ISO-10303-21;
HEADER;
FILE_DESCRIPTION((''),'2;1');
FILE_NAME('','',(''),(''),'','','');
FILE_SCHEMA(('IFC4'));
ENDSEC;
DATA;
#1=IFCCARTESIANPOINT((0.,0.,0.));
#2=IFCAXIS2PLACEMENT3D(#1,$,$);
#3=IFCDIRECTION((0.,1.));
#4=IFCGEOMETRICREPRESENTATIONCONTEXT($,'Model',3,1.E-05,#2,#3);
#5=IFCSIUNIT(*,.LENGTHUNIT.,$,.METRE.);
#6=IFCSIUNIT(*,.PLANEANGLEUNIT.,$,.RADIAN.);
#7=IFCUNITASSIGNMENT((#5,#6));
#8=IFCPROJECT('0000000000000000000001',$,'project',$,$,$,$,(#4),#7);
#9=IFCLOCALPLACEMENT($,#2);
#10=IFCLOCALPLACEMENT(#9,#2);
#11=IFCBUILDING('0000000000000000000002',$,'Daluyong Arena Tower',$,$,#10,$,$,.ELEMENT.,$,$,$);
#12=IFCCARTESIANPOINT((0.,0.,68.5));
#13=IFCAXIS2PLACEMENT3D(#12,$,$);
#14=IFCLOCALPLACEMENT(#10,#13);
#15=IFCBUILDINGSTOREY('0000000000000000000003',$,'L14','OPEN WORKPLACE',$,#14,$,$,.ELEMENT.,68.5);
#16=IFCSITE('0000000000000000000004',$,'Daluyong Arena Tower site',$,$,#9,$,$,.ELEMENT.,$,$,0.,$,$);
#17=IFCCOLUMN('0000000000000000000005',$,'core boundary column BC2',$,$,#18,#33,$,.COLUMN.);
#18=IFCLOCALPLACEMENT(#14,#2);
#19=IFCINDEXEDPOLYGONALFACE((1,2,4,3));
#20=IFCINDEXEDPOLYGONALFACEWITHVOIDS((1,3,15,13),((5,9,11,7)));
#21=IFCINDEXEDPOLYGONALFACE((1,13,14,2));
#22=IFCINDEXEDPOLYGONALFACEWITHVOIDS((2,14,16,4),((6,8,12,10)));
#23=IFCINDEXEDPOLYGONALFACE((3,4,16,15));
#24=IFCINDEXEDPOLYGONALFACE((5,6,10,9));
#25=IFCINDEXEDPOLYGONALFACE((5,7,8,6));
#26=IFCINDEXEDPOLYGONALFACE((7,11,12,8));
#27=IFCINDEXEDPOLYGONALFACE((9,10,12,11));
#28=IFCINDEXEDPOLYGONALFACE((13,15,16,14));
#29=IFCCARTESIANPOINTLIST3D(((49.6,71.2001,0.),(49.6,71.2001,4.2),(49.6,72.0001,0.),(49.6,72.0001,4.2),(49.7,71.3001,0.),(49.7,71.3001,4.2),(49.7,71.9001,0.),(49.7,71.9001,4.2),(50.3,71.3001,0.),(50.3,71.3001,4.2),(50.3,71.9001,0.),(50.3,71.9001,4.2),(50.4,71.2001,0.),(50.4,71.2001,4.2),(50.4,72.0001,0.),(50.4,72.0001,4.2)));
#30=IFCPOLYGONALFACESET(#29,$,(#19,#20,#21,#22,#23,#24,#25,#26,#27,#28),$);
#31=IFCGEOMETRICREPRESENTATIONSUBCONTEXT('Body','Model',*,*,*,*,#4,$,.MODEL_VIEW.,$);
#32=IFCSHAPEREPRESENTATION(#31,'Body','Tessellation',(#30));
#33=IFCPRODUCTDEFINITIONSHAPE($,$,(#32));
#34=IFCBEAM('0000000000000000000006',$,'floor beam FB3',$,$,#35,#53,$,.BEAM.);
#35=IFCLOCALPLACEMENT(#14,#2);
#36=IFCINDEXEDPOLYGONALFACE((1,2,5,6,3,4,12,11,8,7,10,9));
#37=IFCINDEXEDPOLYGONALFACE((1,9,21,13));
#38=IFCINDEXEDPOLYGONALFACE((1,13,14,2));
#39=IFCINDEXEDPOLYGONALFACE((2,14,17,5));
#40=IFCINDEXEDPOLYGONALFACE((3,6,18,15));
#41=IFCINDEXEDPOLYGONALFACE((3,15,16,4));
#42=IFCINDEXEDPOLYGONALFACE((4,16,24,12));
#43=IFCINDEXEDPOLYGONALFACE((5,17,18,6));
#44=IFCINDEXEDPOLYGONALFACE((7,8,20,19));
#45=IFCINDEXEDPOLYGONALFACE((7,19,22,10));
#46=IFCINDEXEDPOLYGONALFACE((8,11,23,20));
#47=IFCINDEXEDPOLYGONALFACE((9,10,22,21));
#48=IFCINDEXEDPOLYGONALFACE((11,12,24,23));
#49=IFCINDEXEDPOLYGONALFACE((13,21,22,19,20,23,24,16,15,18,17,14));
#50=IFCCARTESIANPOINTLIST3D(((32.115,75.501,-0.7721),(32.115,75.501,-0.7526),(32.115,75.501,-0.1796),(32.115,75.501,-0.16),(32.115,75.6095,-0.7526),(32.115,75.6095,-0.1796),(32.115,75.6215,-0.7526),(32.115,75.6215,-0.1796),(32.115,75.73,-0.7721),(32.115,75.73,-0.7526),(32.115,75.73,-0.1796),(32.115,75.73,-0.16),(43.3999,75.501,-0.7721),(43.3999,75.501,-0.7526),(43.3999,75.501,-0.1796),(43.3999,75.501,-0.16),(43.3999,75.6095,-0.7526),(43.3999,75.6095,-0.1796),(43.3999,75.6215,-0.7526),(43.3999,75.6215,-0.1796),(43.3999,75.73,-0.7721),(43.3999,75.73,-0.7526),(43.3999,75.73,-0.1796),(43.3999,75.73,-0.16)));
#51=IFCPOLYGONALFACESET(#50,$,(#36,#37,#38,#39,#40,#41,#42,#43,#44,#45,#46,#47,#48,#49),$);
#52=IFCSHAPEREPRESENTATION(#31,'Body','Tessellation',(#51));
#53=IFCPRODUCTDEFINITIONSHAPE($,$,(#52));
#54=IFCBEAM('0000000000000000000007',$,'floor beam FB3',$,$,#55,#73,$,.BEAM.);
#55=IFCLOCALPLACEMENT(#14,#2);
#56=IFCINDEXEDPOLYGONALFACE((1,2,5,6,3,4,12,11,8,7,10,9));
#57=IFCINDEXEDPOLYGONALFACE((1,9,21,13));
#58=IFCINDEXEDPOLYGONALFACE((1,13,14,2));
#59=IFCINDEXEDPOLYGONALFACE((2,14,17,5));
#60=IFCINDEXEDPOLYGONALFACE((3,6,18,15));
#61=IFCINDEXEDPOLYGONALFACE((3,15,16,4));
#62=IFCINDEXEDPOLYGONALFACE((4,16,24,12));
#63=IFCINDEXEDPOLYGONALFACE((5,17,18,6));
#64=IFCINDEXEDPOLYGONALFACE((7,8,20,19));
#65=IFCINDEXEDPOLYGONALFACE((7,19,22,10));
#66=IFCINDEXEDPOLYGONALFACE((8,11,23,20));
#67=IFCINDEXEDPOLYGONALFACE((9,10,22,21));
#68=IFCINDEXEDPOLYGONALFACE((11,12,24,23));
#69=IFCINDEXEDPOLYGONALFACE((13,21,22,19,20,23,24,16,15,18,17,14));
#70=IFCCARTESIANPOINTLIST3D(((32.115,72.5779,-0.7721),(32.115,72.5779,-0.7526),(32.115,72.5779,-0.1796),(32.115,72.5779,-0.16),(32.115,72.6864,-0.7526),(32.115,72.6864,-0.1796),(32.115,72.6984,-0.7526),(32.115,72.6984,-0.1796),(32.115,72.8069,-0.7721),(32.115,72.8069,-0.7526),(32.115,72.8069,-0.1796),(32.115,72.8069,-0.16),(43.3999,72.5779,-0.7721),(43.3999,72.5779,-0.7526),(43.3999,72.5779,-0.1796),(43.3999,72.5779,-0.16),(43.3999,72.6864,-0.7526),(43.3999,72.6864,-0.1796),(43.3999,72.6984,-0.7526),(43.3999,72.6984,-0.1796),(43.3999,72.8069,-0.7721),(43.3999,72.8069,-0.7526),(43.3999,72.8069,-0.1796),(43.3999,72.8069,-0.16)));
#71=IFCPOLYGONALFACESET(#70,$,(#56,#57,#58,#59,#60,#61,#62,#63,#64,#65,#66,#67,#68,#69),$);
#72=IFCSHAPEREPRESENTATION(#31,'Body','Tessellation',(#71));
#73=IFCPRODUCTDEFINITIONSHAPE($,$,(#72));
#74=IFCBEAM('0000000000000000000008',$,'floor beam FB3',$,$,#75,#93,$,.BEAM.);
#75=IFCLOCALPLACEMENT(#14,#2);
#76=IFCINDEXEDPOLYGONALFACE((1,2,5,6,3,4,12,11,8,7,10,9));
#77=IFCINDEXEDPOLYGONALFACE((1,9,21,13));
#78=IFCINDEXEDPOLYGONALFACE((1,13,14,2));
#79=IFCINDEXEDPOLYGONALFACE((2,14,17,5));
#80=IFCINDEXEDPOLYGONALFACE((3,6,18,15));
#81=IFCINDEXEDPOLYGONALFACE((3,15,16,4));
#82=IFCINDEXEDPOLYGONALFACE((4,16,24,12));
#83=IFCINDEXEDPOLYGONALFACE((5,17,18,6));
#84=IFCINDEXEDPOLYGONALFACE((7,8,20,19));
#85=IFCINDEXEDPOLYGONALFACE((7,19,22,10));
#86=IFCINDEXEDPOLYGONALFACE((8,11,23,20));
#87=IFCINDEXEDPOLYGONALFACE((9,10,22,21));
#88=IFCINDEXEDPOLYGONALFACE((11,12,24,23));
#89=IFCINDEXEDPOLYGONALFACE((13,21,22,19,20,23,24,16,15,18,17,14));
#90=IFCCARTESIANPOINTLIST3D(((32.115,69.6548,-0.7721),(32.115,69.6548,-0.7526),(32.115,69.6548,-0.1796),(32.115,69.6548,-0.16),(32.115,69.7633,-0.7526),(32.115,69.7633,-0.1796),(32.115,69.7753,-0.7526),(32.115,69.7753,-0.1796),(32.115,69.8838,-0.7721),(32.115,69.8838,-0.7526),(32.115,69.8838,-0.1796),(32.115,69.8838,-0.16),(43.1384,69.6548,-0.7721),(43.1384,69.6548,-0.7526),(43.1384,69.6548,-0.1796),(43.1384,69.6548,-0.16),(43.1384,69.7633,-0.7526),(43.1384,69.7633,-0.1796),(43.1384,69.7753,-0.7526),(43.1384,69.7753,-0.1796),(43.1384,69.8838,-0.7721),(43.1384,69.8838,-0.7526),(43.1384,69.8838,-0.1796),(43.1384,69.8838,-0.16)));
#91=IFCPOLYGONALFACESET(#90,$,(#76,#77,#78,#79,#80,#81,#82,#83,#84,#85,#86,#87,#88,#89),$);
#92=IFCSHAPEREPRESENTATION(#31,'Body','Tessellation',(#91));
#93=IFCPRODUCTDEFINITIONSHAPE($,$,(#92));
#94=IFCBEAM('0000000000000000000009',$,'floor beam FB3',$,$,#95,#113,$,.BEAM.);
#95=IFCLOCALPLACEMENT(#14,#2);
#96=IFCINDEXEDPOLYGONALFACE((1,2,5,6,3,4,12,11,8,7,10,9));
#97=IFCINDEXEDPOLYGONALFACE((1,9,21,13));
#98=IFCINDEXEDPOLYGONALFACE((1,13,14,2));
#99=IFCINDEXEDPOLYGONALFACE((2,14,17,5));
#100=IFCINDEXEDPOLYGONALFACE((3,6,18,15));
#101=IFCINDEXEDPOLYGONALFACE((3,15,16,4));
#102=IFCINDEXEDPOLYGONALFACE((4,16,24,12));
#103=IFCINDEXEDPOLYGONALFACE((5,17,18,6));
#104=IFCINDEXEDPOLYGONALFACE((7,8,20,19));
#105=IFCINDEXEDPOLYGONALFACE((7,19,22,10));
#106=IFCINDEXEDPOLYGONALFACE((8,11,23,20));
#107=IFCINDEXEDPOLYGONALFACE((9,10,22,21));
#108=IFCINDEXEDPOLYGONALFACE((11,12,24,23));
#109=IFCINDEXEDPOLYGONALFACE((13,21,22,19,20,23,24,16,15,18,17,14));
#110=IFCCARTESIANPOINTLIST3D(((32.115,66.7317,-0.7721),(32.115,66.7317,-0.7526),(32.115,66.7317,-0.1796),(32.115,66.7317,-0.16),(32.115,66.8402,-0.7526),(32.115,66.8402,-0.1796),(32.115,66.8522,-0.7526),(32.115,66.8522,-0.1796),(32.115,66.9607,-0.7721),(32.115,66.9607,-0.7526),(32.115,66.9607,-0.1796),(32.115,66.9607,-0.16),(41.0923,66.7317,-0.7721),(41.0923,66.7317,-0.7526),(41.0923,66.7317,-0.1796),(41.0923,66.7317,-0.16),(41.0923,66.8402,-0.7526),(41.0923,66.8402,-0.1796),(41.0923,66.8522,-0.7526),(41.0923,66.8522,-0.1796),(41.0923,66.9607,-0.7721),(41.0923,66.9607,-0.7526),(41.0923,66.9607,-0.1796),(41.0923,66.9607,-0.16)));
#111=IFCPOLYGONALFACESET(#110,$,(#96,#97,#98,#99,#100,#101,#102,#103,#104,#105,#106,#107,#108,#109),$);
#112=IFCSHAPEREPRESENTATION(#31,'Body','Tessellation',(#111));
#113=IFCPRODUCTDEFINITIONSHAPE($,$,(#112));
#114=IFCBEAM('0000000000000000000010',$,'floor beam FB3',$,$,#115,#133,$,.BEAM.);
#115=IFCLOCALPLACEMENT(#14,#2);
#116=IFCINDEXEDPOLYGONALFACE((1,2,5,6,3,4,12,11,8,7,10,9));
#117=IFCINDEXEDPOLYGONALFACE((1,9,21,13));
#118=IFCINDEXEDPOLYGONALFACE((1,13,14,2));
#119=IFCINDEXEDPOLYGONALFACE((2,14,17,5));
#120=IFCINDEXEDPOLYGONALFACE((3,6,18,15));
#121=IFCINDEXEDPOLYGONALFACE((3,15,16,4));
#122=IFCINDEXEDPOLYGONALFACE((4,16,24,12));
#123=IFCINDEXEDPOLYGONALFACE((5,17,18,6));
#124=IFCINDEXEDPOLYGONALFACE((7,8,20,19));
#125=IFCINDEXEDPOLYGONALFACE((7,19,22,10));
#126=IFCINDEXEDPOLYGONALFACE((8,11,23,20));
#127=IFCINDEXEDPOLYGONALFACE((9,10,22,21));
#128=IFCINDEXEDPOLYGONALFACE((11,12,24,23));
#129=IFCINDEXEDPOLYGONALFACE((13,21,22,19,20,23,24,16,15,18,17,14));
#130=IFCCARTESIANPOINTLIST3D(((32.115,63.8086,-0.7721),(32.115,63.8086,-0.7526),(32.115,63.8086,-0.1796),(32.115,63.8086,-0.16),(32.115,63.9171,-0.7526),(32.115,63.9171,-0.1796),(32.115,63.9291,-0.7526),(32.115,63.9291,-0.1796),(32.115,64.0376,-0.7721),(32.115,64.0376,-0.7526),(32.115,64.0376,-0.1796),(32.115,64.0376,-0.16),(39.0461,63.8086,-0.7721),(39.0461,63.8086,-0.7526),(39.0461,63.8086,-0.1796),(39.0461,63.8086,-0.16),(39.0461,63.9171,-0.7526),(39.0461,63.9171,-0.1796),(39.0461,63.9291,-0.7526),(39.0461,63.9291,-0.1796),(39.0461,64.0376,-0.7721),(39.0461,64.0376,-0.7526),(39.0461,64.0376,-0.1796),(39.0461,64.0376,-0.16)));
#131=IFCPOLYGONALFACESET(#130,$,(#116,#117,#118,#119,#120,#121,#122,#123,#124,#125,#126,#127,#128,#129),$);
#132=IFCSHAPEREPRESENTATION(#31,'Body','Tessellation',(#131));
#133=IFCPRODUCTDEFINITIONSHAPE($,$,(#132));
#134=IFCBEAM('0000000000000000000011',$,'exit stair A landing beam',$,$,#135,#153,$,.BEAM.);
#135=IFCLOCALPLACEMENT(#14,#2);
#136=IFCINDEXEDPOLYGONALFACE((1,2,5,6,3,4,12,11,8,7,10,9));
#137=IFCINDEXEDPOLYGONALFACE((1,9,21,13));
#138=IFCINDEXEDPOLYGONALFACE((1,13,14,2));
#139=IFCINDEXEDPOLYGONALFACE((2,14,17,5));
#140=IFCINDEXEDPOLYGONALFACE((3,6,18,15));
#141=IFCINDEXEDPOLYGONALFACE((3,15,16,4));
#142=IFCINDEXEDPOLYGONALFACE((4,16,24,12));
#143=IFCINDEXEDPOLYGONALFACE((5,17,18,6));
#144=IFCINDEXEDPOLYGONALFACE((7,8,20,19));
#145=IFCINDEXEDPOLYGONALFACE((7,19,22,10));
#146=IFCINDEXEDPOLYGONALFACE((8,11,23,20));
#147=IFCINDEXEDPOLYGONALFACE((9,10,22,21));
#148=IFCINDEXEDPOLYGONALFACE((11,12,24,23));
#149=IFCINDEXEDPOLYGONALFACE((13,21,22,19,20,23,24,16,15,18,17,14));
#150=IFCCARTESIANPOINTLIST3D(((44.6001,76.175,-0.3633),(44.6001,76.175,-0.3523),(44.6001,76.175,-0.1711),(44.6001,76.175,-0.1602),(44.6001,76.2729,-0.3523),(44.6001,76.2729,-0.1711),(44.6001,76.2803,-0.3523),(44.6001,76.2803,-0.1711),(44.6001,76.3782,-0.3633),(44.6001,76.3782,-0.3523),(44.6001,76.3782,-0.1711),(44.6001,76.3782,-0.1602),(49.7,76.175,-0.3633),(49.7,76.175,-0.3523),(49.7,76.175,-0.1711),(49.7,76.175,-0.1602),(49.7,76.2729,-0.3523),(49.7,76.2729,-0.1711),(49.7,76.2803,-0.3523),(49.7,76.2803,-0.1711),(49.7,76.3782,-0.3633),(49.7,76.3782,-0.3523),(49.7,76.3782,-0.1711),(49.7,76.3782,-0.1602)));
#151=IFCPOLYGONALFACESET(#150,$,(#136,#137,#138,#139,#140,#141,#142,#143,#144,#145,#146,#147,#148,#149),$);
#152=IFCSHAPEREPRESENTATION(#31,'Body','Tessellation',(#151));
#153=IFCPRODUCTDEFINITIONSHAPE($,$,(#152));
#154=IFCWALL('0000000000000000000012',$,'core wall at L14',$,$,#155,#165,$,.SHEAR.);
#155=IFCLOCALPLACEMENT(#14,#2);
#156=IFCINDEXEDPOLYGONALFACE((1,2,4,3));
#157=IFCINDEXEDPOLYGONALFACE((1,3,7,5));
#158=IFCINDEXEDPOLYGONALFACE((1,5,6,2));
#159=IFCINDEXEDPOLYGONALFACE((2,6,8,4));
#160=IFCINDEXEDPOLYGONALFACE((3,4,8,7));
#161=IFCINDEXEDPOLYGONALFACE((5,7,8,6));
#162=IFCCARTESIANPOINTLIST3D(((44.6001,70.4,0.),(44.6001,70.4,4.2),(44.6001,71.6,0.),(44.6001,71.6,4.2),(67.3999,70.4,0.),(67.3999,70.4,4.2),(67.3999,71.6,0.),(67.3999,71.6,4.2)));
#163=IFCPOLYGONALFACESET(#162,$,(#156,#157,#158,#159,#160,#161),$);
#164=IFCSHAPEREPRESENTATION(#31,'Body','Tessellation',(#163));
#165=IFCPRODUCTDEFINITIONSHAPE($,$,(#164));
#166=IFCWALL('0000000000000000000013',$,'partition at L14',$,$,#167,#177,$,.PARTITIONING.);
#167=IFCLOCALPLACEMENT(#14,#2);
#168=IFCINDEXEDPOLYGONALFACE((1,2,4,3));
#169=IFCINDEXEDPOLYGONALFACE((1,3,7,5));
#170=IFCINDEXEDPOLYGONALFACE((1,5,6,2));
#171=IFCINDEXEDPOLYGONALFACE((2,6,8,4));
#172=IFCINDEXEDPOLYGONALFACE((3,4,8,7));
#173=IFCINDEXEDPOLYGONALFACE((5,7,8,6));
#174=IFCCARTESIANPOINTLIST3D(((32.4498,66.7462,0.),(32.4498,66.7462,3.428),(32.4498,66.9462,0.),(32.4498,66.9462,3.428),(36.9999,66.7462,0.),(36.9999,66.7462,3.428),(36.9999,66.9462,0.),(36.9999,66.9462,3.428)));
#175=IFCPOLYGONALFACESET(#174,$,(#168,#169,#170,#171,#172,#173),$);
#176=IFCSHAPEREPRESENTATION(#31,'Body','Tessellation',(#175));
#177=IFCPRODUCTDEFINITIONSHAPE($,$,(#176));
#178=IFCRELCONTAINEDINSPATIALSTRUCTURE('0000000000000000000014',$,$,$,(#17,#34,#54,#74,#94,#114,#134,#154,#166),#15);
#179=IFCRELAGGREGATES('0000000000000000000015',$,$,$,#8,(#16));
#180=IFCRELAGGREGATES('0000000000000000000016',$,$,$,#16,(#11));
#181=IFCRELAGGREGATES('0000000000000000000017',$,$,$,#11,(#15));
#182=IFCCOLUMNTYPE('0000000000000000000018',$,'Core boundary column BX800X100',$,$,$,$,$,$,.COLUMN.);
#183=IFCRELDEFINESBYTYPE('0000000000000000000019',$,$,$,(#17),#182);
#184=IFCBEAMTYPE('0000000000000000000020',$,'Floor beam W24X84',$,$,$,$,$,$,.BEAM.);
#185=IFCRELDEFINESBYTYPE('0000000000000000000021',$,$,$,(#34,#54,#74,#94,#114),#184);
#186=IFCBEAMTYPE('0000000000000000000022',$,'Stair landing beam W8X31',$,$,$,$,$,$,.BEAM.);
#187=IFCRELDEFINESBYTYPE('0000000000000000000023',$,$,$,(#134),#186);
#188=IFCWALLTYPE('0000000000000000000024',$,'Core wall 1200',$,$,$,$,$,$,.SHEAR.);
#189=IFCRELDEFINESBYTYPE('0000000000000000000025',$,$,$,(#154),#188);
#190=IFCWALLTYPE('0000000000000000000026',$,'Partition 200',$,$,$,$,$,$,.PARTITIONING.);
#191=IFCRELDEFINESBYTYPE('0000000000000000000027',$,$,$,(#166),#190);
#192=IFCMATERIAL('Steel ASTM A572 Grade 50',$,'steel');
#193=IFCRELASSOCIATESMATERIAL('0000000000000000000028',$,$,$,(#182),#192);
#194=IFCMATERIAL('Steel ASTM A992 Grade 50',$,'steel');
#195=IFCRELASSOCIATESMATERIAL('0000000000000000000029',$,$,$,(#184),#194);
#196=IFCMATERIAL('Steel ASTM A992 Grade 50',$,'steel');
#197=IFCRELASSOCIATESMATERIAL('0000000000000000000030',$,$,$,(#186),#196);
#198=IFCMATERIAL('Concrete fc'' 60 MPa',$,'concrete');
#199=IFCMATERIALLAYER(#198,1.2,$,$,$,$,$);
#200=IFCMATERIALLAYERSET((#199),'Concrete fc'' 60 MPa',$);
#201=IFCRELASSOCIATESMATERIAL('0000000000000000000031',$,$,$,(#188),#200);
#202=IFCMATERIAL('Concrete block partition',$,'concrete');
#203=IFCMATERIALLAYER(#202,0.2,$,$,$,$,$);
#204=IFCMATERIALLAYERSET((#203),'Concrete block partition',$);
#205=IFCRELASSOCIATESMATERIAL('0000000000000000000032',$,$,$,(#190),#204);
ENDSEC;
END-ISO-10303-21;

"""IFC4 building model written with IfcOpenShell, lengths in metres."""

from ifc_helpers import new_model, si_unit, direction, frame, frame_2d, origin, origin_2d, place, context, subcontext, project, spatial, rectangle, hollow_rectangle, i_section, extrude, material, layer, layer_set, material_profile, profile_set, type_object, element, save


model = new_model("IFC4")

# Units and contexts
model_context = context("Model", 3, precision=1e-05, world=origin(), true_north=direction((0.0, 1.0)))
body_context = subcontext(model_context, "Body", "Model", "MODEL_VIEW")
ifc_project = project(units=[si_unit("LENGTHUNIT", "METRE"), si_unit("PLANEANGLEUNIT", "RADIAN")], contexts=[model_context])

# Site, building, storey
site_placement = place(None, origin())
site = spatial("IfcSite", under=ifc_project, at=site_placement, Name="Daluyong Arena Tower site", CompositionType="ELEMENT", RefElevation=0.0)
building_placement = place(site_placement, origin())
building = spatial("IfcBuilding", under=site, at=building_placement, Name="Daluyong Arena Tower", CompositionType="ELEMENT")
storey_placement = place(building_placement, frame((0.0, 0.0, 68.5)))
storey = spatial("IfcBuildingStorey", under=building, at=storey_placement, Name="L14", Description="OPEN WORKPLACE", CompositionType="ELEMENT", Elevation=68.5)

# Column
ifc_material_1 = material(Name="Steel ASTM A572 Grade 50", Category="steel")
ifc_material_profile_1 = material_profile(ifc_material_1, hollow_rectangle(XDim=0.8, YDim=0.8, WallThickness=0.1, at=origin_2d()))
ifc_profile_set_1 = profile_set([ifc_material_profile_1], Name="Steel ASTM A572 Grade 50")
column_type = type_object("IfcColumnType", Name="Core boundary column BX800X100", PredefinedType="COLUMN", material=ifc_profile_set_1)
column_placement = place(storey_placement, frame((50.0, 71.6001, 0.0), z_axis=(0.0, 0.0, 1.0), x_axis=(1.0, 0.0, 0.0)))
element("IfcColumn", 1, at=column_placement, inside=storey, type_object=column_type, Name="core boundary column BC2", PredefinedType="COLUMN", context=body_context, shape_type="SweptSolid", body=[
    extrude(hollow_rectangle(XDim=0.8, YDim=0.8, WallThickness=0.1, at=origin_2d()), origin(), (0.0, 0.0, 1.0), 4.2),
])

# Beams
ifc_material_2 = material(Name="Steel ASTM A992 Grade 50", Category="steel")
ifc_material_profile_2 = material_profile(ifc_material_2, i_section(OverallWidth=0.229, OverallDepth=0.6121, WebThickness=0.012, FlangeThickness=0.0195, at=origin_2d()))
ifc_profile_set_2 = profile_set([ifc_material_profile_2], Name="Steel ASTM A992 Grade 50")
beam_type_1 = type_object("IfcBeamType", Name="Floor beam W24X84", PredefinedType="BEAM", material=ifc_profile_set_2)
for number, where, z_axis, x_axis, name in (
    (2, (32.115, 75.6155, -0.4661), (1.0, 0.0, 0.0), (0.0, 1.0, 0.0), "floor beam FB3"),
    (3, (32.115, 72.6924, -0.4661), (1.0, 0.0, 0.0), (0.0, 1.0, 0.0), "floor beam FB3"),
):
    element("IfcBeam", number, at=place(storey_placement, frame(where, z_axis=z_axis, x_axis=x_axis)), inside=storey, type_object=beam_type_1, Name=name, PredefinedType="BEAM", context=body_context, shape_type="SweptSolid", body=[
        extrude(i_section(OverallWidth=0.229, OverallDepth=0.6121, WebThickness=0.012, FlangeThickness=0.0195, at=origin_2d()), origin(), (0.0, 0.0, 1.0), 11.2849),
    ])
beam_1_placement = place(storey_placement, frame((32.115, 69.7693, -0.4661), z_axis=(1.0, 0.0, 0.0), x_axis=(0.0, 1.0, 0.0)))
element("IfcBeam", 4, at=beam_1_placement, inside=storey, type_object=beam_type_1, Name="floor beam FB3", PredefinedType="BEAM", context=body_context, shape_type="SweptSolid", body=[
    extrude(i_section(OverallWidth=0.229, OverallDepth=0.6121, WebThickness=0.012, FlangeThickness=0.0195, at=origin_2d()), origin(), (0.0, 0.0, 1.0), 11.0234),
])
beam_2_placement = place(storey_placement, frame((32.115, 66.8462, -0.4661), z_axis=(1.0, 0.0, 0.0), x_axis=(0.0, 1.0, 0.0)))
element("IfcBeam", 5, at=beam_2_placement, inside=storey, type_object=beam_type_1, Name="floor beam FB3", PredefinedType="BEAM", context=body_context, shape_type="SweptSolid", body=[
    extrude(i_section(OverallWidth=0.229, OverallDepth=0.6121, WebThickness=0.012, FlangeThickness=0.0195, at=origin_2d()), origin(), (0.0, 0.0, 1.0), 8.9773),
])
beam_3_placement = place(storey_placement, frame((32.115, 63.9231, -0.4661), z_axis=(1.0, 0.0, 0.0), x_axis=(0.0, 1.0, 0.0)))
element("IfcBeam", 6, at=beam_3_placement, inside=storey, type_object=beam_type_1, Name="floor beam FB3", PredefinedType="BEAM", context=body_context, shape_type="SweptSolid", body=[
    extrude(i_section(OverallWidth=0.229, OverallDepth=0.6121, WebThickness=0.012, FlangeThickness=0.0195, at=origin_2d()), origin(), (0.0, 0.0, 1.0), 6.9312),
])
ifc_material_3 = material(Name="Steel ASTM A992 Grade 50", Category="steel")
ifc_material_profile_3 = material_profile(ifc_material_3, i_section(OverallWidth=0.2031, OverallDepth=0.2031, WebThickness=0.0073, FlangeThickness=0.011, at=origin_2d()))
ifc_profile_set_3 = profile_set([ifc_material_profile_3], Name="Steel ASTM A992 Grade 50")
beam_type_2 = type_object("IfcBeamType", Name="Stair landing beam W8X31", PredefinedType="BEAM", material=ifc_profile_set_3)
beam_4_placement = place(storey_placement, frame((44.6001, 76.2766, -0.2617), z_axis=(1.0, 0.0, 0.0), x_axis=(0.0, 1.0, 0.0)))
element("IfcBeam", 7, at=beam_4_placement, inside=storey, type_object=beam_type_2, Name="exit stair A landing beam", PredefinedType="BEAM", context=body_context, shape_type="SweptSolid", body=[
    extrude(i_section(OverallWidth=0.2031, OverallDepth=0.2031, WebThickness=0.0073, FlangeThickness=0.011, at=origin_2d()), origin(), (0.0, 0.0, 1.0), 5.0999),
])

# Shared definitions
ifc_material_4 = material(Name="Concrete fc' 60 MPa", Category="concrete")
ifc_layer_1 = layer(ifc_material_4, 1.2)
ifc_layer_set_1 = layer_set([ifc_layer_1], Name="Concrete fc' 60 MPa")
wall_type_1 = type_object("IfcWallType", Name="Core wall 1200", PredefinedType="SHEAR", material=ifc_layer_set_1)

# Walls
wall_1_placement = place(storey_placement, frame((44.6001, 71.0, 0.0), z_axis=(0.0, 0.0, 1.0), x_axis=(1.0, 0.0, 0.0)))
element("IfcWall", 8, at=wall_1_placement, inside=storey, type_object=wall_type_1, Name="core wall at L14", PredefinedType="SHEAR", context=body_context, shape_type="SweptSolid", body=[
    extrude(rectangle(XDim=22.7998, YDim=1.2, at=frame_2d((11.3999, 0.0))), origin(), (0.0, 0.0, 1.0), 4.2),
])
ifc_material_5 = material(Name="Concrete block partition", Category="concrete")
ifc_layer_2 = layer(ifc_material_5, 0.2)
ifc_layer_set_2 = layer_set([ifc_layer_2], Name="Concrete block partition")
wall_type_2 = type_object("IfcWallType", Name="Partition 200", PredefinedType="PARTITIONING", material=ifc_layer_set_2)
wall_2_placement = place(storey_placement, frame((32.45, 66.8462, 0.0), z_axis=(0.0, 0.0, 1.0), x_axis=(1.0, 0.0, 0.0)))
element("IfcWall", 9, at=wall_2_placement, inside=storey, type_object=wall_type_2, Name="partition at L14", PredefinedType="PARTITIONING", context=body_context, shape_type="SweptSolid", body=[
    extrude(rectangle(XDim=4.55, YDim=0.2, at=frame_2d((2.2749, 0.0))), origin(), (0.0, 0.0, 1.0), 3.428),
])

save(model, "model.ifc")
